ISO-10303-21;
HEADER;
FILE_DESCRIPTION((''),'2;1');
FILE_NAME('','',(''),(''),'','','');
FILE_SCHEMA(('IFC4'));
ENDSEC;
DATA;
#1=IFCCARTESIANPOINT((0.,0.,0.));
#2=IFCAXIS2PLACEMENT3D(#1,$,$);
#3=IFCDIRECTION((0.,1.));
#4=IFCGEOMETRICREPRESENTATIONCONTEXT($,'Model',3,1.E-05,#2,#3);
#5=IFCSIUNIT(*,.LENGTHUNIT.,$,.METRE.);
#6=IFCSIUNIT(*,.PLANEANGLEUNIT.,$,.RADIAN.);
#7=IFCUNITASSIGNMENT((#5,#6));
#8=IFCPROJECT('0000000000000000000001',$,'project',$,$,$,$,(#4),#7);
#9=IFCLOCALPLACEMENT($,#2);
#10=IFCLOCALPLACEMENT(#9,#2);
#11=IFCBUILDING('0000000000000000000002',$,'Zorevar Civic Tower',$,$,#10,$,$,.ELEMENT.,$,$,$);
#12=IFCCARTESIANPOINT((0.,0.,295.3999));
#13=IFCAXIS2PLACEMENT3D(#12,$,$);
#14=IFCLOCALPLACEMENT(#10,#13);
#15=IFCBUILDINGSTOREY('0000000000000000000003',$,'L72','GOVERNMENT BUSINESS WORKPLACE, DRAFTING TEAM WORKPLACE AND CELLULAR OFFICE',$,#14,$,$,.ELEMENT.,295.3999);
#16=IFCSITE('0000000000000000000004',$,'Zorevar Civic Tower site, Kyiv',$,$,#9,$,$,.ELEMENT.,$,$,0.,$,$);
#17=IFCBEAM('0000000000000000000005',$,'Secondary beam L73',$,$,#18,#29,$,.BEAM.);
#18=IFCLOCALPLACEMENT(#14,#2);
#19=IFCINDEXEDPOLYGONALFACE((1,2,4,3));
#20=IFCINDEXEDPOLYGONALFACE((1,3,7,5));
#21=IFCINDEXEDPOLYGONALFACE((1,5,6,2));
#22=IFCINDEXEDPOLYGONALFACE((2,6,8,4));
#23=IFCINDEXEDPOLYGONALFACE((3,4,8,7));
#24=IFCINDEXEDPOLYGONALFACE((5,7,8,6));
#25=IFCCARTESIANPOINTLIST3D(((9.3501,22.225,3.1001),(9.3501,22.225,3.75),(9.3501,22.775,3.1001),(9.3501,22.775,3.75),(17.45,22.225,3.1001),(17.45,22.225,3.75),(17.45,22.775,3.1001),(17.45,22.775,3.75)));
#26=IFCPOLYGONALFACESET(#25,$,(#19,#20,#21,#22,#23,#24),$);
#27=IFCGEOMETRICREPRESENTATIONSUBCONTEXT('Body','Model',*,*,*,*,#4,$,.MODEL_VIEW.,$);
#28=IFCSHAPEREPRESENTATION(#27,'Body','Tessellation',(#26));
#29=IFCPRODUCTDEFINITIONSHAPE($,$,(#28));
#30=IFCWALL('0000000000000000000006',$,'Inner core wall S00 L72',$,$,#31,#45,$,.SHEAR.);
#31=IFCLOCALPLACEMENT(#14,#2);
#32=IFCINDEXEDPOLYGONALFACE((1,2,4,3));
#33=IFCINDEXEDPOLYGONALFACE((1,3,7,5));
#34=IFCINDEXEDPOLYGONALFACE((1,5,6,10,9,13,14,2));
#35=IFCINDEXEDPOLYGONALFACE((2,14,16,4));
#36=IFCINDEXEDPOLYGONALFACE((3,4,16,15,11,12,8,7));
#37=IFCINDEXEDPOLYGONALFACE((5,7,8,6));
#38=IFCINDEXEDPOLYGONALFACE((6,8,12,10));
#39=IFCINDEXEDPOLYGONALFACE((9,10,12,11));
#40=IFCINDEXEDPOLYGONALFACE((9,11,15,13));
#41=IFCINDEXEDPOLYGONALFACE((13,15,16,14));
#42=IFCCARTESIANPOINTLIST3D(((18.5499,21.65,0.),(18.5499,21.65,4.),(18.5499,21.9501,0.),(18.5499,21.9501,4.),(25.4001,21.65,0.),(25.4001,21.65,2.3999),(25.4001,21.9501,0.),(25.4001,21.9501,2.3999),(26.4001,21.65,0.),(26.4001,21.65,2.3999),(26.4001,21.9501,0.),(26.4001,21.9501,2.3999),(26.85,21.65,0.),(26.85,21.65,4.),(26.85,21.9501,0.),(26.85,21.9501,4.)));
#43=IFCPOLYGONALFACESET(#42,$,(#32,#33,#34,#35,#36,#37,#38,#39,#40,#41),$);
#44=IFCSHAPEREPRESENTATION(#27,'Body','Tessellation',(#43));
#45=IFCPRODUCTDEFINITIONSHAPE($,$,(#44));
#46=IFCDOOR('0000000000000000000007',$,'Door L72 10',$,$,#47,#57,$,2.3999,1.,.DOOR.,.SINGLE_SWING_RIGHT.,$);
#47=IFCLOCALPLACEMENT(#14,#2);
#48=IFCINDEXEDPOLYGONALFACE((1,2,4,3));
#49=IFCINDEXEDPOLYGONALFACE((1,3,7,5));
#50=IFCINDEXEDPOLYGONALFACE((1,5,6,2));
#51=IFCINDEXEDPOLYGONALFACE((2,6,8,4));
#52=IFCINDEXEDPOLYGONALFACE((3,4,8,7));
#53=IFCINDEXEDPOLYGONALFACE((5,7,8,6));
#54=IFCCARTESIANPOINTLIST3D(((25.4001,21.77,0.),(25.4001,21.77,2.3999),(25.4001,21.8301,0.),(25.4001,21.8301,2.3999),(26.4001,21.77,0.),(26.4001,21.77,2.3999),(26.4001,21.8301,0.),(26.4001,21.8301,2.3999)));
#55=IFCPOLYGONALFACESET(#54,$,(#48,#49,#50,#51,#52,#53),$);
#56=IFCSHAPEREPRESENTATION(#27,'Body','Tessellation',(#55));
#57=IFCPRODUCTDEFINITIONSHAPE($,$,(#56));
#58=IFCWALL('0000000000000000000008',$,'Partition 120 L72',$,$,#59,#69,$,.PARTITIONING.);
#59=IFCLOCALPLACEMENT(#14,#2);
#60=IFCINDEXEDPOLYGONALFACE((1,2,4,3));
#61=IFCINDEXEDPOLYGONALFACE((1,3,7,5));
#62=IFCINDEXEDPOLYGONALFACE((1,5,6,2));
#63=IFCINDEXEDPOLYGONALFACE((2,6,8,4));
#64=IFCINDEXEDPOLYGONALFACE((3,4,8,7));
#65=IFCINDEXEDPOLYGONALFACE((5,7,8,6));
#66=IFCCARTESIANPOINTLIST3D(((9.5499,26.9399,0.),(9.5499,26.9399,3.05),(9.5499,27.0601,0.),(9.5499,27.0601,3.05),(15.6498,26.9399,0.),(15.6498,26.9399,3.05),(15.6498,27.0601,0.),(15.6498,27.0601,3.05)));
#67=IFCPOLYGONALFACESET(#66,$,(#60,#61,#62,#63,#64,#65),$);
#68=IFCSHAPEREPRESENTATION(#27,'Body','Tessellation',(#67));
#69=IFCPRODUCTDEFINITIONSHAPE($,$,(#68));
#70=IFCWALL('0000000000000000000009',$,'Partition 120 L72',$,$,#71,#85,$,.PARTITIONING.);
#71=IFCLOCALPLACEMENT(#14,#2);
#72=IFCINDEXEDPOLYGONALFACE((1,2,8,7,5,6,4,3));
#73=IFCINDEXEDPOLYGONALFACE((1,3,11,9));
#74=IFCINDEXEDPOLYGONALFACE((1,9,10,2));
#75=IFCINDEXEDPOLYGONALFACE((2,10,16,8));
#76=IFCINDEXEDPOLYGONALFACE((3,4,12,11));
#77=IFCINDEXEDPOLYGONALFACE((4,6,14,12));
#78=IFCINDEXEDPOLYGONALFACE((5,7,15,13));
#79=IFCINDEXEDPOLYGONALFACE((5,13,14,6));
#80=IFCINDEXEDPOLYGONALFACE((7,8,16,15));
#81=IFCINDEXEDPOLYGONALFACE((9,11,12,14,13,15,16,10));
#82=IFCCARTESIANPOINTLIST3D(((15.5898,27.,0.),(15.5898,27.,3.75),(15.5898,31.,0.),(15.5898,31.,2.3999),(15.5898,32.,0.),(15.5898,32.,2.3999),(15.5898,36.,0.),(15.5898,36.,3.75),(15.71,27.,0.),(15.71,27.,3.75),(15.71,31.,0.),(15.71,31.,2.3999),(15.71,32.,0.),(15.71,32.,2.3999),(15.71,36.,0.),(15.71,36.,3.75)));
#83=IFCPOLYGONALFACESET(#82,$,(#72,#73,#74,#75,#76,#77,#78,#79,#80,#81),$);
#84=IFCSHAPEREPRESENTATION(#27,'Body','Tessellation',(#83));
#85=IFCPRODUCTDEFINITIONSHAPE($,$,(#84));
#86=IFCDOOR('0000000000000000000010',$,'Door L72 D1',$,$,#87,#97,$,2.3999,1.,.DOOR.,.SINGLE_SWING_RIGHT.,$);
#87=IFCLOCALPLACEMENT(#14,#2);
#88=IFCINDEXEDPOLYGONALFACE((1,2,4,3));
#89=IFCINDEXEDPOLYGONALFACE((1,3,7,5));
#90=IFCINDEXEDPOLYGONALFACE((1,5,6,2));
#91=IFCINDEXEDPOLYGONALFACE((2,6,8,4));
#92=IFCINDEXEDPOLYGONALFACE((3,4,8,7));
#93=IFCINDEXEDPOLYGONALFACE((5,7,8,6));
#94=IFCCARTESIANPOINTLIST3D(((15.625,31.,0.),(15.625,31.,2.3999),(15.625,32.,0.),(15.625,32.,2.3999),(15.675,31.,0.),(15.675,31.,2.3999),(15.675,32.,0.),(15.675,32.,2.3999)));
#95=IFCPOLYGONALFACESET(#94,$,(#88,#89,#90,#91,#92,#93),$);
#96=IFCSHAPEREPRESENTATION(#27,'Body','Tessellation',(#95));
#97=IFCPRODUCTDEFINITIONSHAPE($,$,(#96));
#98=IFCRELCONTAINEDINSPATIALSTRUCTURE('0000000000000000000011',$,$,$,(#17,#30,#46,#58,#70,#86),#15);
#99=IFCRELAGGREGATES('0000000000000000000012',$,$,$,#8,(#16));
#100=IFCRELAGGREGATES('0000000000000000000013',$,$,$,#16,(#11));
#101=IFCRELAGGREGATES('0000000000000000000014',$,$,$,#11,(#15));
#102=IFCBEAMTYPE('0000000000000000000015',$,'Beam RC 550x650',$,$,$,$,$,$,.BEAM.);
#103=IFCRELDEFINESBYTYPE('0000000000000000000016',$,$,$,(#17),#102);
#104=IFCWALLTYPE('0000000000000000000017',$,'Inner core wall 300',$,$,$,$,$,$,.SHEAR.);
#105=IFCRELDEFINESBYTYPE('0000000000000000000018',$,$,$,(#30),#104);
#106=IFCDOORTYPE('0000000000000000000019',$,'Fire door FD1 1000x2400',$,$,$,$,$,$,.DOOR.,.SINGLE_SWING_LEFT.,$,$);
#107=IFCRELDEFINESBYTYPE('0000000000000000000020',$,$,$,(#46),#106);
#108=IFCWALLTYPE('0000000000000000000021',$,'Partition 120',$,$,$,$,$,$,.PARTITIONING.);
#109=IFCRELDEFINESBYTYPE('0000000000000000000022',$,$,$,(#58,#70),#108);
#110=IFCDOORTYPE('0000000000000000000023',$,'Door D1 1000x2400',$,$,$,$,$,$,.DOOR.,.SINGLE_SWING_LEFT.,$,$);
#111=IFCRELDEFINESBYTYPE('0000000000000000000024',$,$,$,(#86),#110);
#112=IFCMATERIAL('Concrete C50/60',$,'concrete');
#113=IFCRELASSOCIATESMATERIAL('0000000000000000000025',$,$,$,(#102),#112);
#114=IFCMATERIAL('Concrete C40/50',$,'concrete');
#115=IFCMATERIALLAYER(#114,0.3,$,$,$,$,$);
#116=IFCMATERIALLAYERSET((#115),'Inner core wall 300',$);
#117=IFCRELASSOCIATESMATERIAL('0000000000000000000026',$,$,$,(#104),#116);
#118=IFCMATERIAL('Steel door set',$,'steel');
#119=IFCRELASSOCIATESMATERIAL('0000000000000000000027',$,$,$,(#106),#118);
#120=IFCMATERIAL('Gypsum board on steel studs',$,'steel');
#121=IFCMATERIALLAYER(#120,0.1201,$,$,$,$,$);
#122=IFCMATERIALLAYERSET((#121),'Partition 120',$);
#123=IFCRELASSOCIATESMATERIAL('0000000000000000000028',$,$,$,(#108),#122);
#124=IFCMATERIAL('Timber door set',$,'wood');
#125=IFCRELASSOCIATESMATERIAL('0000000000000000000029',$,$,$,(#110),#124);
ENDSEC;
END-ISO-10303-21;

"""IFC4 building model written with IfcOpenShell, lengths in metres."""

from ifc_helpers import new_model, si_unit, direction, frame, frame_2d, origin, origin_2d, place, context, subcontext, project, spatial, rectangle, extrude, material, layer, layer_set, material_profile, profile_set, type_object, element, fill, save


model = new_model("IFC4")

# Units and contexts
model_context = context("Model", 3, precision=1e-05, world=origin(), true_north=direction((0.0, 1.0)))
body_context = subcontext(model_context, "Body", "Model", "MODEL_VIEW")
ifc_project = project(units=[si_unit("LENGTHUNIT", "METRE"), si_unit("PLANEANGLEUNIT", "RADIAN")], contexts=[model_context])

# Site, building, storey
site_placement = place(None, origin())
site = spatial("IfcSite", under=ifc_project, at=site_placement, Name="Zorevar Civic Tower site, Kyiv", CompositionType="ELEMENT", RefElevation=0.0)
building_placement = place(site_placement, origin())
building = spatial("IfcBuilding", under=site, at=building_placement, Name="Zorevar Civic Tower", CompositionType="ELEMENT")
storey_placement = place(building_placement, frame((0.0, 0.0, 295.3999)))
storey = spatial("IfcBuildingStorey", under=building, at=storey_placement, Name="L72", Description="GOVERNMENT BUSINESS WORKPLACE, DRAFTING TEAM WORKPLACE AND CELLULAR OFFICE", CompositionType="ELEMENT", Elevation=295.3999)

# Beam
ifc_material_1 = material(Name="Concrete C50/60", Category="concrete")
ifc_material_profile = material_profile(ifc_material_1, rectangle(XDim=0.55, YDim=0.6499, at=origin_2d()), Name="RC 550x650")
ifc_profile_set = profile_set([ifc_material_profile], Name="Concrete C50/60")
beam_type = type_object("IfcBeamType", Name="Beam RC 550x650", PredefinedType="BEAM", material=ifc_profile_set)
beam_placement = place(storey_placement, frame((9.3501, 22.5, 3.425), z_axis=(1.0, 0.0, 0.0), x_axis=(0.0, 1.0, 0.0)))
element("IfcBeam", 1, at=beam_placement, inside=storey, type_object=beam_type, Name="Secondary beam L73", PredefinedType="BEAM", context=body_context, shape_type="SweptSolid", body=[
    extrude(rectangle(XDim=0.55, YDim=0.6499, at=origin_2d()), origin(), (0.0, 0.0, 1.0), 8.0999),
])

# Wall, opening, door
ifc_material_2 = material(Name="Concrete C40/50", Category="concrete")
ifc_layer_1 = layer(ifc_material_2, 0.3)
ifc_layer_set_1 = layer_set([ifc_layer_1], Name="Inner core wall 300")
wall_type_1 = type_object("IfcWallType", Name="Inner core wall 300", PredefinedType="SHEAR", material=ifc_layer_set_1)
wall_1_placement = place(storey_placement, frame((18.55, 21.8, 0.0), z_axis=(0.0, 0.0, 1.0), x_axis=(1.0, 0.0, 0.0)))
wall_1 = element("IfcWall", 2, at=wall_1_placement, inside=storey, type_object=wall_type_1, Name="Inner core wall S00 L72", PredefinedType="SHEAR", context=body_context, shape_type="SweptSolid", body=[
    extrude(rectangle(XDim=8.3, YDim=0.3, at=frame_2d((4.1499, 0.0))), origin(), (0.0, 0.0, 1.0), 4.0),
])
opening_1_placement = place(wall_1_placement, frame((6.8501, 0.0, 0.0)))
opening_1 = element("IfcOpeningElement", 3, at=opening_1_placement, cuts=wall_1, PredefinedType="OPENING", context=body_context, shape_type="SweptSolid", body=[
    extrude(rectangle(XDim=1.0, YDim=2.3999, at=frame_2d((0.5, 1.2))), frame((0.0, 0.1599, 0.0), z_axis=(0.0, -1.0, 0.0), x_axis=(1.0, 0.0, 0.0)), (0.0, 0.0, 1.0), 0.3201),
])
ifc_material_3 = material(Name="Steel door set", Category="steel")
door_type_1 = type_object("IfcDoorType", Name="Fire door FD1 1000x2400", OperationType="SINGLE_SWING_LEFT", PredefinedType="DOOR", material=ifc_material_3)
door_1_placement = place(opening_1_placement, origin())
door_1 = element("IfcDoor", 4, at=door_1_placement, inside=storey, type_object=door_type_1, Name="Door L72 10", OperationType="SINGLE_SWING_RIGHT", OverallHeight=2.3999, OverallWidth=1.0, PredefinedType="DOOR", context=body_context, shape_type="SweptSolid", body=[
    extrude(rectangle(XDim=1.0, YDim=2.3999, at=frame_2d((0.5, 1.2))), frame((0.0, 0.03, 0.0), z_axis=(0.0, -1.0, 0.0), x_axis=(1.0, 0.0, 0.0)), (0.0, 0.0, 1.0), 0.0601),
])
fill(opening_1, door_1)

# Wall
ifc_material_4 = material(Name="Gypsum board on steel studs", Category="steel")
ifc_layer_2 = layer(ifc_material_4, 0.1201)
ifc_layer_set_2 = layer_set([ifc_layer_2], Name="Partition 120")
wall_type_2 = type_object("IfcWallType", Name="Partition 120", PredefinedType="PARTITIONING", material=ifc_layer_set_2)
wall_2_placement = place(storey_placement, frame((9.55, 27.0, 0.0), z_axis=(0.0, 0.0, 1.0), x_axis=(1.0, 0.0, 0.0)))
element("IfcWall", 5, at=wall_2_placement, inside=storey, type_object=wall_type_2, Name="Partition 120 L72", PredefinedType="PARTITIONING", context=body_context, shape_type="SweptSolid", body=[
    extrude(rectangle(XDim=6.0999, YDim=0.1201, at=frame_2d((3.0498, 0.0))), origin(), (0.0, 0.0, 1.0), 3.05),
])

# Wall, opening, door
wall_3_placement = place(storey_placement, frame((15.6499, 27.0, 0.0), z_axis=(0.0, 0.0, 1.0), x_axis=(0.0, 1.0, 0.0)))
wall_3 = element("IfcWall", 6, at=wall_3_placement, inside=storey, type_object=wall_type_2, Name="Partition 120 L72", PredefinedType="PARTITIONING", context=body_context, shape_type="SweptSolid", body=[
    extrude(rectangle(XDim=9.0, YDim=0.1201, at=frame_2d((4.5, 0.0))), origin(), (0.0, 0.0, 1.0), 3.75),
])
opening_2_placement = place(wall_3_placement, frame((4.0, 0.0, 0.0)))
opening_2 = element("IfcOpeningElement", 7, at=opening_2_placement, cuts=wall_3, PredefinedType="OPENING", context=body_context, shape_type="SweptSolid", body=[
    extrude(rectangle(XDim=1.0, YDim=2.3999, at=frame_2d((0.5, 1.2))), frame((0.0, 0.0701, 0.0), z_axis=(0.0, -1.0, 0.0), x_axis=(1.0, 0.0, 0.0)), (0.0, 0.0, 1.0), 0.1401),
])
ifc_material_5 = material(Name="Timber door set", Category="wood")
door_type_2 = type_object("IfcDoorType", Name="Door D1 1000x2400", OperationType="SINGLE_SWING_LEFT", PredefinedType="DOOR", material=ifc_material_5)
door_2_placement = place(opening_2_placement, origin())
door_2 = element("IfcDoor", 8, at=door_2_placement, inside=storey, type_object=door_type_2, Name="Door L72 D1", OperationType="SINGLE_SWING_RIGHT", OverallHeight=2.3999, OverallWidth=1.0, PredefinedType="DOOR", context=body_context, shape_type="SweptSolid", body=[
    extrude(rectangle(XDim=1.0, YDim=2.3999, at=frame_2d((0.5, 1.2))), frame((0.0, 0.0249, 0.0), z_axis=(0.0, -1.0, 0.0), x_axis=(1.0, 0.0, 0.0)), (0.0, 0.0, 1.0), 0.05),
])
fill(opening_2, door_2)

save(model, "model.ifc")
